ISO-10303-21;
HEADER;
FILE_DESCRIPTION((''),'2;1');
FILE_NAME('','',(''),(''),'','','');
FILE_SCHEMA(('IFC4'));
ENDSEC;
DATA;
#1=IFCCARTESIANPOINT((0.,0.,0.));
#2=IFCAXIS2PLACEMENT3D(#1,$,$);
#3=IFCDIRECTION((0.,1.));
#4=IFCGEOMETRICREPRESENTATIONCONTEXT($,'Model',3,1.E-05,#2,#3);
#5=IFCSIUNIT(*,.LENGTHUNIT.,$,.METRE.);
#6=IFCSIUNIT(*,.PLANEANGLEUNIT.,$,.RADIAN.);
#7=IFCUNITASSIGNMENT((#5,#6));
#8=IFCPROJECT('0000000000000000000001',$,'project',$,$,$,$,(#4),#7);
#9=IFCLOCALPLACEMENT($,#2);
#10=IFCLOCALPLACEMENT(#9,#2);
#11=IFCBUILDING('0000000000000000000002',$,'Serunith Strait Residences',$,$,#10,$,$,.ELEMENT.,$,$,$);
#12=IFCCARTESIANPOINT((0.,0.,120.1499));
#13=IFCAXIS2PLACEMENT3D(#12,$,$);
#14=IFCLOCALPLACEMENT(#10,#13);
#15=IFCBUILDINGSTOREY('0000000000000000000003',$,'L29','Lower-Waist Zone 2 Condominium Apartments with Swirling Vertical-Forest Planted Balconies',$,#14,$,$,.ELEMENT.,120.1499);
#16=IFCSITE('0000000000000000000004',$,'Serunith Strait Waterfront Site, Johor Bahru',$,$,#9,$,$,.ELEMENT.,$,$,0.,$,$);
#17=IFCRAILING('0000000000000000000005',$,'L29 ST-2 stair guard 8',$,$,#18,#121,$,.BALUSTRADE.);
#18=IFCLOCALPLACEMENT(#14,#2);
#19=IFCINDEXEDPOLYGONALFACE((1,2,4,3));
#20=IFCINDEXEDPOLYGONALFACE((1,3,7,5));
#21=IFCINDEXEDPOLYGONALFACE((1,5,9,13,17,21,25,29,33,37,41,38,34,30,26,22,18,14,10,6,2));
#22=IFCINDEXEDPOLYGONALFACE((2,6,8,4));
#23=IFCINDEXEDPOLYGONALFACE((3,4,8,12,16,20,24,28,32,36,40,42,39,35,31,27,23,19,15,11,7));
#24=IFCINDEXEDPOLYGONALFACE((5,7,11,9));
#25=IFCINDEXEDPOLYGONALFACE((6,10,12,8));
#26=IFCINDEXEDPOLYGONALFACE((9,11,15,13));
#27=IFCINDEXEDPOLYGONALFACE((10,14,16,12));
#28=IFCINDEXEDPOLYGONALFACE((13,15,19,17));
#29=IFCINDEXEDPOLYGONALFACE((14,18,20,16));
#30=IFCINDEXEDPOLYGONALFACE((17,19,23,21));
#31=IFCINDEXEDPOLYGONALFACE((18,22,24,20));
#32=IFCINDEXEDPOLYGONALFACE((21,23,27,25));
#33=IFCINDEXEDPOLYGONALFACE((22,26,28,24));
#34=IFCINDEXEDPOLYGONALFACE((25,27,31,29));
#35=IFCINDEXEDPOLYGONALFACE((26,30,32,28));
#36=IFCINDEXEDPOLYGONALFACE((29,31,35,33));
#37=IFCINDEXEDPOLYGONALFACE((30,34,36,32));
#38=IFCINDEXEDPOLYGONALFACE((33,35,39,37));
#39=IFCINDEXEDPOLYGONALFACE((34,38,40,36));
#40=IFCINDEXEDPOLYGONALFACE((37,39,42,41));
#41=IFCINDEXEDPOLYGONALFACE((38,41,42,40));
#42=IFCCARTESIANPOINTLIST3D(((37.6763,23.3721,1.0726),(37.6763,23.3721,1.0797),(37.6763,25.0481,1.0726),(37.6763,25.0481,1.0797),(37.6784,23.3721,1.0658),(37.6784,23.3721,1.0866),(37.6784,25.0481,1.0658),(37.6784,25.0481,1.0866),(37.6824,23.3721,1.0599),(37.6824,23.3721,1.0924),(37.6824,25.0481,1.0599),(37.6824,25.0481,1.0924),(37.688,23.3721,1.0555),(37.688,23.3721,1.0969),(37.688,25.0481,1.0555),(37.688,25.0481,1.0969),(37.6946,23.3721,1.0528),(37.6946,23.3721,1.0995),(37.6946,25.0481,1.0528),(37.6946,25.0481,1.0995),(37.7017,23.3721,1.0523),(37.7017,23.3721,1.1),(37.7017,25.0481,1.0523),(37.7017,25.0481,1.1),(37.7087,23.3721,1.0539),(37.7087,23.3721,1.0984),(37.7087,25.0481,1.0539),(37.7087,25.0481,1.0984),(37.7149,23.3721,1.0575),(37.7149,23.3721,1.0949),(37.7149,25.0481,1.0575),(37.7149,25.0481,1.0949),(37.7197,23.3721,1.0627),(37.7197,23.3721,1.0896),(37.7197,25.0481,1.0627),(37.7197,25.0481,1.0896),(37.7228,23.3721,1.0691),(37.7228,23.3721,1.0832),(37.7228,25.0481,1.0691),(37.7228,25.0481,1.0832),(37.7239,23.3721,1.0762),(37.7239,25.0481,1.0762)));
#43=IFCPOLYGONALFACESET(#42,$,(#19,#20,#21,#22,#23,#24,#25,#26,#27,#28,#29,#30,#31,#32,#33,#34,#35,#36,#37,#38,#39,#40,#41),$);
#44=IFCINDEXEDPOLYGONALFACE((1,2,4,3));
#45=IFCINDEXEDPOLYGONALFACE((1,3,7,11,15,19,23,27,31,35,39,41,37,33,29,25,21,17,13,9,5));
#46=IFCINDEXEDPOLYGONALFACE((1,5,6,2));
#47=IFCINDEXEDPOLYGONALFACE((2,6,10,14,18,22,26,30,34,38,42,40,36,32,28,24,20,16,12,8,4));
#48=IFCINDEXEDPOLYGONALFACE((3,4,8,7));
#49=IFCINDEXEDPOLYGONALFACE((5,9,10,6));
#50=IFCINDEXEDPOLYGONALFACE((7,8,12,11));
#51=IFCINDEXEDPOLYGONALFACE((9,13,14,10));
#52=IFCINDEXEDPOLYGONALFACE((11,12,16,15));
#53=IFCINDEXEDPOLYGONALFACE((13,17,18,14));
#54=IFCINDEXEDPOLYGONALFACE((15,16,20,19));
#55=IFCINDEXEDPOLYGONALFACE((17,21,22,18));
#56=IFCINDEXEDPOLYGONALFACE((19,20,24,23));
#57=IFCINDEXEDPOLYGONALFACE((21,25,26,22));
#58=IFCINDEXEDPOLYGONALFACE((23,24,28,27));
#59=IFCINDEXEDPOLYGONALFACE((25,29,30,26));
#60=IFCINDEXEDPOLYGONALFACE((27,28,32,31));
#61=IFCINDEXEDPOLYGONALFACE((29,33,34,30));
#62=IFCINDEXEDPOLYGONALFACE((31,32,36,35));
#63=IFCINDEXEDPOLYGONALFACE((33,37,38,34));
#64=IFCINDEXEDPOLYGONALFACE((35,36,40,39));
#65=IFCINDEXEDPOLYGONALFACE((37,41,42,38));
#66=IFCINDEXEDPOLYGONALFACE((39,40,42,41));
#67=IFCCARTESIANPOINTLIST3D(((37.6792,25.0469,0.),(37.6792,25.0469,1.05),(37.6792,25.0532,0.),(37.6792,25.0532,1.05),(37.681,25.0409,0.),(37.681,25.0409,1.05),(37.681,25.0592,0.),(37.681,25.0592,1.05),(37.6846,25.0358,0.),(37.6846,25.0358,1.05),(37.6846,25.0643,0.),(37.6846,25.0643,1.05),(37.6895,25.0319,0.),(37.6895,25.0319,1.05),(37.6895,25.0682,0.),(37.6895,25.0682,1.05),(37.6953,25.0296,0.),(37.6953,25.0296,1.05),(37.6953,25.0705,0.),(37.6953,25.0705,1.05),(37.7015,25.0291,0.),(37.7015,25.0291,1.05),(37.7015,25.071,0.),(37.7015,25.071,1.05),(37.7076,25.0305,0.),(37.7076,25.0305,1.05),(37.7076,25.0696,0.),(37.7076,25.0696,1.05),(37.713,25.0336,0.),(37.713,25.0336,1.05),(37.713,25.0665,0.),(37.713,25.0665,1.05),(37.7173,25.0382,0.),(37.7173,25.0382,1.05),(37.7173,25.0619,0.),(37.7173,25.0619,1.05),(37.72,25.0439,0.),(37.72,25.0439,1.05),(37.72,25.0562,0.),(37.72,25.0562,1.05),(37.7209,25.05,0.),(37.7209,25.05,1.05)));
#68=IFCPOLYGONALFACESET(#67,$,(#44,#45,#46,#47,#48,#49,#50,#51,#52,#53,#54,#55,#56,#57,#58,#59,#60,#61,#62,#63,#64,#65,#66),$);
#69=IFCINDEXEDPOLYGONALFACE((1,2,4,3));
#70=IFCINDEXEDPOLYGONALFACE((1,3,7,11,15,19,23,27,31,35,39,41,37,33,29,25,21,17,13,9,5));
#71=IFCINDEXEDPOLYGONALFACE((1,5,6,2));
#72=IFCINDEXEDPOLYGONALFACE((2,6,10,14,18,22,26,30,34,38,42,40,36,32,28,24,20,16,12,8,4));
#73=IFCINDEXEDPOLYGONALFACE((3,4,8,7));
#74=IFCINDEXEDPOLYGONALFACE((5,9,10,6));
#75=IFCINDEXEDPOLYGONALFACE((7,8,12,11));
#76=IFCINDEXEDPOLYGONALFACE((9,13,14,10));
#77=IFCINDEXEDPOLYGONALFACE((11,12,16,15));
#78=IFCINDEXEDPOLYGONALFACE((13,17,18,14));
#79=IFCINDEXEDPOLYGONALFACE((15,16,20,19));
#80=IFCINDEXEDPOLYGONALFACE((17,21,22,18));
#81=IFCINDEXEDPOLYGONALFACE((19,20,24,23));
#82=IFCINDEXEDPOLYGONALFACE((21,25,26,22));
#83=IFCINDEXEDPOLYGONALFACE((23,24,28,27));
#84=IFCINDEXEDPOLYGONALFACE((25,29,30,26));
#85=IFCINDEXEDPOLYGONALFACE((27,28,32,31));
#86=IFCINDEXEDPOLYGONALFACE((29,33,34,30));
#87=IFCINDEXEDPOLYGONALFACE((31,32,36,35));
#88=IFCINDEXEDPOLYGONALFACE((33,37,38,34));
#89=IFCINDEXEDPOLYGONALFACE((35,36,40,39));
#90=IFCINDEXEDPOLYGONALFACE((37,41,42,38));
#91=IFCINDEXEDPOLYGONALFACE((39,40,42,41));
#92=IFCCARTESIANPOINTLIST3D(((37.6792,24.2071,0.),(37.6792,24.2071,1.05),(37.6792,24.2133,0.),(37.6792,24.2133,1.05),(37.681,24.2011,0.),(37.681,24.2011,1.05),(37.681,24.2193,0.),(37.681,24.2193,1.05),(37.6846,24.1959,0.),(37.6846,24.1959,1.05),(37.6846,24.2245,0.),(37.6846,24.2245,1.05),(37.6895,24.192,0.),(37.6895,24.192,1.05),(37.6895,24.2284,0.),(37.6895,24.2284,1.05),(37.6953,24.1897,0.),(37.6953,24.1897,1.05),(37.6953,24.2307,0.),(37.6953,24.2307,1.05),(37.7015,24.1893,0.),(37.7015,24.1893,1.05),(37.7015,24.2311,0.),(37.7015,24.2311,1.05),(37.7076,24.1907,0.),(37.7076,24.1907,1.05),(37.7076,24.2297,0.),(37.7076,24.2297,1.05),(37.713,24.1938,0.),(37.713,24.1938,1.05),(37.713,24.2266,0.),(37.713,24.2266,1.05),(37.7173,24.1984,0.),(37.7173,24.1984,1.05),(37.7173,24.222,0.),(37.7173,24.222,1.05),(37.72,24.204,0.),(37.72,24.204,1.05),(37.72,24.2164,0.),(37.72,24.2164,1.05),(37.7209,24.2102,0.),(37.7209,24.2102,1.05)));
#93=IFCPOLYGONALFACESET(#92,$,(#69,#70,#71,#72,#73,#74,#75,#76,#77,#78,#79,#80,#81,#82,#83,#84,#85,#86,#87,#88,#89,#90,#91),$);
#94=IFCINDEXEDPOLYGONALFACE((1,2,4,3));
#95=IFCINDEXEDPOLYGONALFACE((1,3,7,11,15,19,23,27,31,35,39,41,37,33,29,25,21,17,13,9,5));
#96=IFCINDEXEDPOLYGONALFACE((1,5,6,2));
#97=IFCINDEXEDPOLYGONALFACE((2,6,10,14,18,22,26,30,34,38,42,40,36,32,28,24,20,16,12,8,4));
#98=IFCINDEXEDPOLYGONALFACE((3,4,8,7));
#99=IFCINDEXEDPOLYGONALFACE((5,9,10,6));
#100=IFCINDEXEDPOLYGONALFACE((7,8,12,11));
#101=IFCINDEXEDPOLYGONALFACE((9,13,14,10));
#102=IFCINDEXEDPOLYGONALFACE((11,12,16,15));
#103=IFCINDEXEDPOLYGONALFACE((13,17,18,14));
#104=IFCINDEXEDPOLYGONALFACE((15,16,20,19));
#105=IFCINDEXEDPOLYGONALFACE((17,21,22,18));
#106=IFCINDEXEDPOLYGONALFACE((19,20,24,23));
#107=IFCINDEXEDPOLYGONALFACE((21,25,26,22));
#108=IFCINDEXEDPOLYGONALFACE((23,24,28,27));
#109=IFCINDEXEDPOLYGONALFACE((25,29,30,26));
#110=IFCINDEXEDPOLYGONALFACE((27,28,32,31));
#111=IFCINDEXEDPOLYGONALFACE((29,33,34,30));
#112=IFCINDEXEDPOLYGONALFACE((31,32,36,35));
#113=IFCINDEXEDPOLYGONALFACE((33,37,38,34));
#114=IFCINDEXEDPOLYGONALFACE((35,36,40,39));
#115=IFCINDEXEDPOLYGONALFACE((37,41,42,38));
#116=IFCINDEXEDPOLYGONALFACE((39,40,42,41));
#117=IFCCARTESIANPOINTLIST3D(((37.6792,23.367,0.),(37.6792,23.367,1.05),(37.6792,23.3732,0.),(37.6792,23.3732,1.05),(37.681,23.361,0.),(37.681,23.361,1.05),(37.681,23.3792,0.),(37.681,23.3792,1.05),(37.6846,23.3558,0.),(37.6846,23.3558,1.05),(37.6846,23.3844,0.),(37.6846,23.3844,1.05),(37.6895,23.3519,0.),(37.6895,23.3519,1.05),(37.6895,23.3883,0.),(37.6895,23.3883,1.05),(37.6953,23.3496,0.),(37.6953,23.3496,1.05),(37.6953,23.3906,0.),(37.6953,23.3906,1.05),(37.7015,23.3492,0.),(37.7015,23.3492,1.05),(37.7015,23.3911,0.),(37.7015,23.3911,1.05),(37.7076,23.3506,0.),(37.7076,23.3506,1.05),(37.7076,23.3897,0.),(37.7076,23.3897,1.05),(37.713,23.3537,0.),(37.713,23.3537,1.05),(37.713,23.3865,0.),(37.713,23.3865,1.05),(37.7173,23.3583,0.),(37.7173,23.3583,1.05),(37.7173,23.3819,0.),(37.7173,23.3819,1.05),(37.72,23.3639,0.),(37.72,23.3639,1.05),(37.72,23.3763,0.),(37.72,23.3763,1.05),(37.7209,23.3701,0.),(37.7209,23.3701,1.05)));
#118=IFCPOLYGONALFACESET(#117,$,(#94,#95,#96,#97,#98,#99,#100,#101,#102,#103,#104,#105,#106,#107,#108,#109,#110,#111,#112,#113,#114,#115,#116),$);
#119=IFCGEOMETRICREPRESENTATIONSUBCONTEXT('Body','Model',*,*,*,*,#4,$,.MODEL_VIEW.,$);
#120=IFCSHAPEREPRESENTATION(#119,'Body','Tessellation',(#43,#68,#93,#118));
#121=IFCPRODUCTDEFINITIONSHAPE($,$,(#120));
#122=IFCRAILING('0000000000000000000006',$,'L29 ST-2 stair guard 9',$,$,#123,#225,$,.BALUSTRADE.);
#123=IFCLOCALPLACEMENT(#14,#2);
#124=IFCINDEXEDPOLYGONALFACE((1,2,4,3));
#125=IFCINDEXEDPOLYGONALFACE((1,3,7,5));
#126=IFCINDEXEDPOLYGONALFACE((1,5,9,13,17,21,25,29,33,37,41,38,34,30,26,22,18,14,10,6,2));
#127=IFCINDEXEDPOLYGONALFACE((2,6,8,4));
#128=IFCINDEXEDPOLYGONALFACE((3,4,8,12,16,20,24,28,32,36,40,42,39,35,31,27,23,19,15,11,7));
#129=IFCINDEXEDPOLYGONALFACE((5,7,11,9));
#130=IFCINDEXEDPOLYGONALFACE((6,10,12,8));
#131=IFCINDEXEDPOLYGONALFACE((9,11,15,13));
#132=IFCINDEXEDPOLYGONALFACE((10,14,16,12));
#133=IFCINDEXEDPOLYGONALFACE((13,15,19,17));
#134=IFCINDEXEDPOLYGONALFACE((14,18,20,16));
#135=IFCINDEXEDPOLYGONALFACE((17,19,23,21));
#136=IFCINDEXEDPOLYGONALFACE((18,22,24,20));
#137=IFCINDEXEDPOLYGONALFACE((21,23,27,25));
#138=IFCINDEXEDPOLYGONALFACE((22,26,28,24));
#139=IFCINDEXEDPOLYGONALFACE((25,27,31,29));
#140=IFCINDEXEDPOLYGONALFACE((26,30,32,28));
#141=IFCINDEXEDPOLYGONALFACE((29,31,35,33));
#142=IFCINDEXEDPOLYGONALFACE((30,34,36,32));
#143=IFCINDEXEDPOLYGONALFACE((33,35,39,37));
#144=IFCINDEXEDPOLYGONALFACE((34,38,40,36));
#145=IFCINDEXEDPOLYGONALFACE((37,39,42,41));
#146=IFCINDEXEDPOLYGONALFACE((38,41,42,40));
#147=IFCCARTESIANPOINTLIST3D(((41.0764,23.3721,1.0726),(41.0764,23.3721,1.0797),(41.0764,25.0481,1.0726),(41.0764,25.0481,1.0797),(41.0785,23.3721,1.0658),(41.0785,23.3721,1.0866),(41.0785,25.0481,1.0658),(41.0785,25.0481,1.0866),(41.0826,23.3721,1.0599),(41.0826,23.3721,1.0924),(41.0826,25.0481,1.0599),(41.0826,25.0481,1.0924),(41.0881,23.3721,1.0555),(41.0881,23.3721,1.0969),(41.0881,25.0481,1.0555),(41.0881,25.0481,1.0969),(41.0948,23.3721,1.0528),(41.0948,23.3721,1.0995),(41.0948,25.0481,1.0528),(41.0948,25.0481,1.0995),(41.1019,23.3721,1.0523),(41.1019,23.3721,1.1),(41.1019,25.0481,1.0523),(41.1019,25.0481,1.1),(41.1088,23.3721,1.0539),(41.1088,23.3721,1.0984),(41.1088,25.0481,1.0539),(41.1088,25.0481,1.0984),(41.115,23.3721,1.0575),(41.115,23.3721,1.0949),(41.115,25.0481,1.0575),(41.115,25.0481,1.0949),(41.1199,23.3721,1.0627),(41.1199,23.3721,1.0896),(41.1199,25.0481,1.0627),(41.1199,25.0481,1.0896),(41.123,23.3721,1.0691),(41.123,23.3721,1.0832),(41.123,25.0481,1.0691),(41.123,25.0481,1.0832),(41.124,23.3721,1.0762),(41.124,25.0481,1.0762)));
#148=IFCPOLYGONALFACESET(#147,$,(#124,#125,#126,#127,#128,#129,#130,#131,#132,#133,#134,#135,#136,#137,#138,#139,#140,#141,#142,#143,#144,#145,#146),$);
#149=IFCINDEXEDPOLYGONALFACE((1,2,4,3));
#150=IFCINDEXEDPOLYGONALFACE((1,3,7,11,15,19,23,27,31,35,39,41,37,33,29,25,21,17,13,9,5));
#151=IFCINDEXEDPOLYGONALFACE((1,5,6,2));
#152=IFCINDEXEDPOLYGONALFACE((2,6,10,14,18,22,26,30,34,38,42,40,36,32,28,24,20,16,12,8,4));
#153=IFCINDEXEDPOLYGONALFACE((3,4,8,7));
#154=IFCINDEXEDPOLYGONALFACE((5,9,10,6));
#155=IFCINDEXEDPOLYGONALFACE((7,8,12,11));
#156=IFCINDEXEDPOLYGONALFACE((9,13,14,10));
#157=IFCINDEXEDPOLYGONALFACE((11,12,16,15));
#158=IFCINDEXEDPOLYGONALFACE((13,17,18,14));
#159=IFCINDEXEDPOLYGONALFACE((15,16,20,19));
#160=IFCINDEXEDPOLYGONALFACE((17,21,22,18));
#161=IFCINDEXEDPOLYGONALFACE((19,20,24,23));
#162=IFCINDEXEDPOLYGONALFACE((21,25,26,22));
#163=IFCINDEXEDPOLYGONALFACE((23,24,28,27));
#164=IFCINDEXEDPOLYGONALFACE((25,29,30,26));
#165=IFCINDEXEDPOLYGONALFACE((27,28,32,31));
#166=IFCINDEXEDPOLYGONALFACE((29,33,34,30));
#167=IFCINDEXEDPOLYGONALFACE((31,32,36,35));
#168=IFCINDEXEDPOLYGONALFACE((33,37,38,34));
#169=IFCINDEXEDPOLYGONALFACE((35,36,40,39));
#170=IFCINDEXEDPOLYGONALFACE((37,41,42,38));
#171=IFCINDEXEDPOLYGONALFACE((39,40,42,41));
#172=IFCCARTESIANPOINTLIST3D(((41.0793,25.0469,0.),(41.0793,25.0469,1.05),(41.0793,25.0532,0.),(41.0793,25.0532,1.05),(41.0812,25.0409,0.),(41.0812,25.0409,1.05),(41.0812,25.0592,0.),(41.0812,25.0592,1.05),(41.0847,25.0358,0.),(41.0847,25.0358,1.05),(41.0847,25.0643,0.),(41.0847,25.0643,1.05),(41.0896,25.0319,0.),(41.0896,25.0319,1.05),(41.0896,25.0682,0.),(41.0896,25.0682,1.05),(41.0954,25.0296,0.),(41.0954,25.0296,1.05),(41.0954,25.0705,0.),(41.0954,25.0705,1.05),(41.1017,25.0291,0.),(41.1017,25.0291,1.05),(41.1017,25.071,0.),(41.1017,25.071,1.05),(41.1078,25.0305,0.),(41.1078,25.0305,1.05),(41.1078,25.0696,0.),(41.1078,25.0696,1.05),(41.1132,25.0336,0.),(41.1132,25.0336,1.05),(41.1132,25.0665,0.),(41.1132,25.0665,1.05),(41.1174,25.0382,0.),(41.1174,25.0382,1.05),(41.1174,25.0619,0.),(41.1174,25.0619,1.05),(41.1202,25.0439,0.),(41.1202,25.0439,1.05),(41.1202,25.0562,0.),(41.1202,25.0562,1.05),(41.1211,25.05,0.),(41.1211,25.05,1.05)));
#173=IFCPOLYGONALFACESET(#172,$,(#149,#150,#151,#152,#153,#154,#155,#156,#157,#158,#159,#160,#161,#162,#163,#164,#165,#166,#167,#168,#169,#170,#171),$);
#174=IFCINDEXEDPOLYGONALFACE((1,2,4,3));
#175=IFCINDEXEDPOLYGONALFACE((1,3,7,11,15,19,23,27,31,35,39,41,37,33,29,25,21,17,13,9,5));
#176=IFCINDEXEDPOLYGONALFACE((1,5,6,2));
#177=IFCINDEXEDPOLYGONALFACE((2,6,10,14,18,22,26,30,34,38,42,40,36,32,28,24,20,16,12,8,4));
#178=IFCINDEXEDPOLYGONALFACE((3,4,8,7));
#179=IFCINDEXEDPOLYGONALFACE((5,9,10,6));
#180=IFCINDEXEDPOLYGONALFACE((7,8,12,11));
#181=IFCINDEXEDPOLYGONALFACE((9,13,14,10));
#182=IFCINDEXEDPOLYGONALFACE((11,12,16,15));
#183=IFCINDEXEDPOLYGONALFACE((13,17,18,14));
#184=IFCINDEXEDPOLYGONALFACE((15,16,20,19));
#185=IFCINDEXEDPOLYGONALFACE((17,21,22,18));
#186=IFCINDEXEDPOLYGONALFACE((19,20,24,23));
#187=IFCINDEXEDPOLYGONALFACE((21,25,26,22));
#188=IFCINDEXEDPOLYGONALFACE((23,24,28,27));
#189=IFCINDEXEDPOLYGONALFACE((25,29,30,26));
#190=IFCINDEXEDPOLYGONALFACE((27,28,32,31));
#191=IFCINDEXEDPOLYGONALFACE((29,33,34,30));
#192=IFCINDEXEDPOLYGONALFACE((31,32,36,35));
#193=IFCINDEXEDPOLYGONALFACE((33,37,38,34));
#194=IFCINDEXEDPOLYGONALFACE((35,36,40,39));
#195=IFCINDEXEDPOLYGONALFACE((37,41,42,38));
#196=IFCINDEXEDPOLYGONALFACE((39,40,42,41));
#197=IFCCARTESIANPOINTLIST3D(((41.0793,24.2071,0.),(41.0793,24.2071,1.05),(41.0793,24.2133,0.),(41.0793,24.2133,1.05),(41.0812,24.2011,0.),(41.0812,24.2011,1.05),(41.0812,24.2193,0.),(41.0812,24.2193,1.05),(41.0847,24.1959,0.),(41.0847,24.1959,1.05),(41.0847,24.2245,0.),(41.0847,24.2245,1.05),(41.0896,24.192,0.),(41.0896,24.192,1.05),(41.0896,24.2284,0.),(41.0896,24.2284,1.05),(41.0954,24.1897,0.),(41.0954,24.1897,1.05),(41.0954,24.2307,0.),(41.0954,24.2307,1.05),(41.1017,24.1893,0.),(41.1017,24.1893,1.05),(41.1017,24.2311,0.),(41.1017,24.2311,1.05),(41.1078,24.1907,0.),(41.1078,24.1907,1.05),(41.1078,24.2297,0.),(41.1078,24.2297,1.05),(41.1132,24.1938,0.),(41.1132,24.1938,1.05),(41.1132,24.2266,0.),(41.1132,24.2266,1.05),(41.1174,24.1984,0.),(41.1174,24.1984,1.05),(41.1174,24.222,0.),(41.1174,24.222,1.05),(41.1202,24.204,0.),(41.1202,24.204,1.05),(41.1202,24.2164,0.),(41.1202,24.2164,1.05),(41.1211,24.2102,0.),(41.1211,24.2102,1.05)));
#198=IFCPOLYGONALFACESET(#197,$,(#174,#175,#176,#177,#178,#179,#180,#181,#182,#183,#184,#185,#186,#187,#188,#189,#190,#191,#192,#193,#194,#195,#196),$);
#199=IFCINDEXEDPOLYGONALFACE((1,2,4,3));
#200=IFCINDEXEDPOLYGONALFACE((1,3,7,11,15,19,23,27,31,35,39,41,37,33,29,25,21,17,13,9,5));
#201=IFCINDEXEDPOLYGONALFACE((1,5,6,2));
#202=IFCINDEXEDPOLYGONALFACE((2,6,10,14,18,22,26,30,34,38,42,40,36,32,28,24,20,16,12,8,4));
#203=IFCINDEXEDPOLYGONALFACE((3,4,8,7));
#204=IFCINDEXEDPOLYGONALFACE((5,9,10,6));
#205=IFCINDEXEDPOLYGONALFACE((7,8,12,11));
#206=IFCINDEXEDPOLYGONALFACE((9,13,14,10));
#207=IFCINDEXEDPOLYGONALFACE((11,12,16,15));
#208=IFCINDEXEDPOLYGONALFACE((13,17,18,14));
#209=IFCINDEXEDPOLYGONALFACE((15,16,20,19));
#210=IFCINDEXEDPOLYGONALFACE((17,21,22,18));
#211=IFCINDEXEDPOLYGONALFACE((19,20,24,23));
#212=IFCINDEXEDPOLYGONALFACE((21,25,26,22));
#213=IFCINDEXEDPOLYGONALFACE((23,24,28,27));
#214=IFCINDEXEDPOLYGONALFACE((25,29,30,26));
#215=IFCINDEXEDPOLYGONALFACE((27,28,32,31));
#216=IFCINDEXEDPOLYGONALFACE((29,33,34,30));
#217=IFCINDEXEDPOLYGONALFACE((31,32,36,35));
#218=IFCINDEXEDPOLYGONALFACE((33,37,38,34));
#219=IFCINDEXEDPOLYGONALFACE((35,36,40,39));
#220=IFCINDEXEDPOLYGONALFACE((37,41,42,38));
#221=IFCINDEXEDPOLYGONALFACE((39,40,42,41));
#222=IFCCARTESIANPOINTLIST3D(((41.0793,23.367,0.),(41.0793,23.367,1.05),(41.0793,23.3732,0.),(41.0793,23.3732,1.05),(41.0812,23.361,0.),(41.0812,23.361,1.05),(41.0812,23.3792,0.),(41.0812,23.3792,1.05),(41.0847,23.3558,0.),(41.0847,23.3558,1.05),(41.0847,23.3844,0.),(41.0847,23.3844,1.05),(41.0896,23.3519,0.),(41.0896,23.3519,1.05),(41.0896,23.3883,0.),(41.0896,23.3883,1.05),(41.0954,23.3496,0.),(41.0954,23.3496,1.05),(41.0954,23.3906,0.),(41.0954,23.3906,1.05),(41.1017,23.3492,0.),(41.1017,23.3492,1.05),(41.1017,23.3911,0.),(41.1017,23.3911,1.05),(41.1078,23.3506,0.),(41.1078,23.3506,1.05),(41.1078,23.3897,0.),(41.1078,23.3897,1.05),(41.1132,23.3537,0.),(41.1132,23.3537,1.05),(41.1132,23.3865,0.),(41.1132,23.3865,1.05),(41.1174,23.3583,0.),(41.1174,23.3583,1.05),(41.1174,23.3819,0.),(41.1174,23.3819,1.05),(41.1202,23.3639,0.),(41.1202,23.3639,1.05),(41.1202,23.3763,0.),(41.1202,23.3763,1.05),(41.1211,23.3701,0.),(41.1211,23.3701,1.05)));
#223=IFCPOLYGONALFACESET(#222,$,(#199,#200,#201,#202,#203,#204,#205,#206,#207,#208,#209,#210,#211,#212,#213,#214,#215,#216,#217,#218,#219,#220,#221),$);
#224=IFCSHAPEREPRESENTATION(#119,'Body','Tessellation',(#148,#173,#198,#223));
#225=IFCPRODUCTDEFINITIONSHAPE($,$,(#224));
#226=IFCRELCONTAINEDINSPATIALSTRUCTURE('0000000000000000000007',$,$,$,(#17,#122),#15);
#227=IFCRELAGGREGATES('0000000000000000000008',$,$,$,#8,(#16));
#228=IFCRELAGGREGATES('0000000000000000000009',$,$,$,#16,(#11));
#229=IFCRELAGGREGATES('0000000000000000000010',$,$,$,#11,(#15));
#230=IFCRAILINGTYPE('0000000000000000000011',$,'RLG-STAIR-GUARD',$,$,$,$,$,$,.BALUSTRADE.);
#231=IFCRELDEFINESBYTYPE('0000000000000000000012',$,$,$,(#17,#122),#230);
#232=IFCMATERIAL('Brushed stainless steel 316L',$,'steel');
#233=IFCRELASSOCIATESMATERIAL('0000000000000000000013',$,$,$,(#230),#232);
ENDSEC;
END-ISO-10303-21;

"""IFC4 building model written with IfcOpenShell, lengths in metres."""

from ifc_helpers import new_model, si_unit, direction, frame, origin, origin_2d, place, context, subcontext, project, spatial, circle, extrude, material, type_object, element, save


model = new_model("IFC4")

# Units and contexts
model_context = context("Model", 3, precision=1e-05, world=origin(), true_north=direction((0.0, 1.0)))
body_context = subcontext(model_context, "Body", "Model", "MODEL_VIEW")
ifc_project = project(units=[si_unit("LENGTHUNIT", "METRE"), si_unit("PLANEANGLEUNIT", "RADIAN")], contexts=[model_context])

# Site, building, storey
site_placement = place(None, origin())
site = spatial("IfcSite", under=ifc_project, at=site_placement, Name="Serunith Strait Waterfront Site, Johor Bahru", CompositionType="ELEMENT", RefElevation=0.0)
building_placement = place(site_placement, origin())
building = spatial("IfcBuilding", under=site, at=building_placement, Name="Serunith Strait Residences", CompositionType="ELEMENT")
storey_placement = place(building_placement, frame((0.0, 0.0, 120.1499)))
storey = spatial("IfcBuildingStorey", under=building, at=storey_placement, Name="L29", Description="Lower-Waist Zone 2 Condominium Apartments with Swirling Vertical-Forest Planted Balconies", CompositionType="ELEMENT", Elevation=120.1499)

# Railings
ifc_material_1 = material(Name="Brushed stainless steel 316L", Category="steel")
railing_type = type_object("IfcRailingType", Name="RLG-STAIR-GUARD", PredefinedType="BALUSTRADE", material=ifc_material_1)
for number, where, name in (
    (1, (37.7, 25.05, 0.0), "L29 ST-2 stair guard 8"),
    (2, (41.1001, 25.05, 0.0), "L29 ST-2 stair guard 9"),
):
    element("IfcRailing", number, at=place(storey_placement, frame(where)), inside=storey, type_object=railing_type, Name=name, PredefinedType="BALUSTRADE", context=body_context, shape_type="SweptSolid", body=[
        extrude(circle(Radius=0.0239, at=origin_2d()), frame((0.0, -0.002, 1.0762), z_axis=(0.0, -1.0, 0.0), x_axis=(1.0, 0.0, 0.0)), (0.0, 0.0, 1.0), 1.676),
        extrude(circle(Radius=0.021, at=origin_2d()), origin(), (0.0, 0.0, 1.0), 1.05),
        extrude(circle(Radius=0.021, at=origin_2d()), frame((0.0, -0.8398, 0.0)), (0.0, 0.0, 1.0), 1.05),
        extrude(circle(Radius=0.021, at=origin_2d()), frame((0.0, -1.6799, 0.0)), (0.0, 0.0, 1.0), 1.05),
    ])

save(model, "model.ifc")
